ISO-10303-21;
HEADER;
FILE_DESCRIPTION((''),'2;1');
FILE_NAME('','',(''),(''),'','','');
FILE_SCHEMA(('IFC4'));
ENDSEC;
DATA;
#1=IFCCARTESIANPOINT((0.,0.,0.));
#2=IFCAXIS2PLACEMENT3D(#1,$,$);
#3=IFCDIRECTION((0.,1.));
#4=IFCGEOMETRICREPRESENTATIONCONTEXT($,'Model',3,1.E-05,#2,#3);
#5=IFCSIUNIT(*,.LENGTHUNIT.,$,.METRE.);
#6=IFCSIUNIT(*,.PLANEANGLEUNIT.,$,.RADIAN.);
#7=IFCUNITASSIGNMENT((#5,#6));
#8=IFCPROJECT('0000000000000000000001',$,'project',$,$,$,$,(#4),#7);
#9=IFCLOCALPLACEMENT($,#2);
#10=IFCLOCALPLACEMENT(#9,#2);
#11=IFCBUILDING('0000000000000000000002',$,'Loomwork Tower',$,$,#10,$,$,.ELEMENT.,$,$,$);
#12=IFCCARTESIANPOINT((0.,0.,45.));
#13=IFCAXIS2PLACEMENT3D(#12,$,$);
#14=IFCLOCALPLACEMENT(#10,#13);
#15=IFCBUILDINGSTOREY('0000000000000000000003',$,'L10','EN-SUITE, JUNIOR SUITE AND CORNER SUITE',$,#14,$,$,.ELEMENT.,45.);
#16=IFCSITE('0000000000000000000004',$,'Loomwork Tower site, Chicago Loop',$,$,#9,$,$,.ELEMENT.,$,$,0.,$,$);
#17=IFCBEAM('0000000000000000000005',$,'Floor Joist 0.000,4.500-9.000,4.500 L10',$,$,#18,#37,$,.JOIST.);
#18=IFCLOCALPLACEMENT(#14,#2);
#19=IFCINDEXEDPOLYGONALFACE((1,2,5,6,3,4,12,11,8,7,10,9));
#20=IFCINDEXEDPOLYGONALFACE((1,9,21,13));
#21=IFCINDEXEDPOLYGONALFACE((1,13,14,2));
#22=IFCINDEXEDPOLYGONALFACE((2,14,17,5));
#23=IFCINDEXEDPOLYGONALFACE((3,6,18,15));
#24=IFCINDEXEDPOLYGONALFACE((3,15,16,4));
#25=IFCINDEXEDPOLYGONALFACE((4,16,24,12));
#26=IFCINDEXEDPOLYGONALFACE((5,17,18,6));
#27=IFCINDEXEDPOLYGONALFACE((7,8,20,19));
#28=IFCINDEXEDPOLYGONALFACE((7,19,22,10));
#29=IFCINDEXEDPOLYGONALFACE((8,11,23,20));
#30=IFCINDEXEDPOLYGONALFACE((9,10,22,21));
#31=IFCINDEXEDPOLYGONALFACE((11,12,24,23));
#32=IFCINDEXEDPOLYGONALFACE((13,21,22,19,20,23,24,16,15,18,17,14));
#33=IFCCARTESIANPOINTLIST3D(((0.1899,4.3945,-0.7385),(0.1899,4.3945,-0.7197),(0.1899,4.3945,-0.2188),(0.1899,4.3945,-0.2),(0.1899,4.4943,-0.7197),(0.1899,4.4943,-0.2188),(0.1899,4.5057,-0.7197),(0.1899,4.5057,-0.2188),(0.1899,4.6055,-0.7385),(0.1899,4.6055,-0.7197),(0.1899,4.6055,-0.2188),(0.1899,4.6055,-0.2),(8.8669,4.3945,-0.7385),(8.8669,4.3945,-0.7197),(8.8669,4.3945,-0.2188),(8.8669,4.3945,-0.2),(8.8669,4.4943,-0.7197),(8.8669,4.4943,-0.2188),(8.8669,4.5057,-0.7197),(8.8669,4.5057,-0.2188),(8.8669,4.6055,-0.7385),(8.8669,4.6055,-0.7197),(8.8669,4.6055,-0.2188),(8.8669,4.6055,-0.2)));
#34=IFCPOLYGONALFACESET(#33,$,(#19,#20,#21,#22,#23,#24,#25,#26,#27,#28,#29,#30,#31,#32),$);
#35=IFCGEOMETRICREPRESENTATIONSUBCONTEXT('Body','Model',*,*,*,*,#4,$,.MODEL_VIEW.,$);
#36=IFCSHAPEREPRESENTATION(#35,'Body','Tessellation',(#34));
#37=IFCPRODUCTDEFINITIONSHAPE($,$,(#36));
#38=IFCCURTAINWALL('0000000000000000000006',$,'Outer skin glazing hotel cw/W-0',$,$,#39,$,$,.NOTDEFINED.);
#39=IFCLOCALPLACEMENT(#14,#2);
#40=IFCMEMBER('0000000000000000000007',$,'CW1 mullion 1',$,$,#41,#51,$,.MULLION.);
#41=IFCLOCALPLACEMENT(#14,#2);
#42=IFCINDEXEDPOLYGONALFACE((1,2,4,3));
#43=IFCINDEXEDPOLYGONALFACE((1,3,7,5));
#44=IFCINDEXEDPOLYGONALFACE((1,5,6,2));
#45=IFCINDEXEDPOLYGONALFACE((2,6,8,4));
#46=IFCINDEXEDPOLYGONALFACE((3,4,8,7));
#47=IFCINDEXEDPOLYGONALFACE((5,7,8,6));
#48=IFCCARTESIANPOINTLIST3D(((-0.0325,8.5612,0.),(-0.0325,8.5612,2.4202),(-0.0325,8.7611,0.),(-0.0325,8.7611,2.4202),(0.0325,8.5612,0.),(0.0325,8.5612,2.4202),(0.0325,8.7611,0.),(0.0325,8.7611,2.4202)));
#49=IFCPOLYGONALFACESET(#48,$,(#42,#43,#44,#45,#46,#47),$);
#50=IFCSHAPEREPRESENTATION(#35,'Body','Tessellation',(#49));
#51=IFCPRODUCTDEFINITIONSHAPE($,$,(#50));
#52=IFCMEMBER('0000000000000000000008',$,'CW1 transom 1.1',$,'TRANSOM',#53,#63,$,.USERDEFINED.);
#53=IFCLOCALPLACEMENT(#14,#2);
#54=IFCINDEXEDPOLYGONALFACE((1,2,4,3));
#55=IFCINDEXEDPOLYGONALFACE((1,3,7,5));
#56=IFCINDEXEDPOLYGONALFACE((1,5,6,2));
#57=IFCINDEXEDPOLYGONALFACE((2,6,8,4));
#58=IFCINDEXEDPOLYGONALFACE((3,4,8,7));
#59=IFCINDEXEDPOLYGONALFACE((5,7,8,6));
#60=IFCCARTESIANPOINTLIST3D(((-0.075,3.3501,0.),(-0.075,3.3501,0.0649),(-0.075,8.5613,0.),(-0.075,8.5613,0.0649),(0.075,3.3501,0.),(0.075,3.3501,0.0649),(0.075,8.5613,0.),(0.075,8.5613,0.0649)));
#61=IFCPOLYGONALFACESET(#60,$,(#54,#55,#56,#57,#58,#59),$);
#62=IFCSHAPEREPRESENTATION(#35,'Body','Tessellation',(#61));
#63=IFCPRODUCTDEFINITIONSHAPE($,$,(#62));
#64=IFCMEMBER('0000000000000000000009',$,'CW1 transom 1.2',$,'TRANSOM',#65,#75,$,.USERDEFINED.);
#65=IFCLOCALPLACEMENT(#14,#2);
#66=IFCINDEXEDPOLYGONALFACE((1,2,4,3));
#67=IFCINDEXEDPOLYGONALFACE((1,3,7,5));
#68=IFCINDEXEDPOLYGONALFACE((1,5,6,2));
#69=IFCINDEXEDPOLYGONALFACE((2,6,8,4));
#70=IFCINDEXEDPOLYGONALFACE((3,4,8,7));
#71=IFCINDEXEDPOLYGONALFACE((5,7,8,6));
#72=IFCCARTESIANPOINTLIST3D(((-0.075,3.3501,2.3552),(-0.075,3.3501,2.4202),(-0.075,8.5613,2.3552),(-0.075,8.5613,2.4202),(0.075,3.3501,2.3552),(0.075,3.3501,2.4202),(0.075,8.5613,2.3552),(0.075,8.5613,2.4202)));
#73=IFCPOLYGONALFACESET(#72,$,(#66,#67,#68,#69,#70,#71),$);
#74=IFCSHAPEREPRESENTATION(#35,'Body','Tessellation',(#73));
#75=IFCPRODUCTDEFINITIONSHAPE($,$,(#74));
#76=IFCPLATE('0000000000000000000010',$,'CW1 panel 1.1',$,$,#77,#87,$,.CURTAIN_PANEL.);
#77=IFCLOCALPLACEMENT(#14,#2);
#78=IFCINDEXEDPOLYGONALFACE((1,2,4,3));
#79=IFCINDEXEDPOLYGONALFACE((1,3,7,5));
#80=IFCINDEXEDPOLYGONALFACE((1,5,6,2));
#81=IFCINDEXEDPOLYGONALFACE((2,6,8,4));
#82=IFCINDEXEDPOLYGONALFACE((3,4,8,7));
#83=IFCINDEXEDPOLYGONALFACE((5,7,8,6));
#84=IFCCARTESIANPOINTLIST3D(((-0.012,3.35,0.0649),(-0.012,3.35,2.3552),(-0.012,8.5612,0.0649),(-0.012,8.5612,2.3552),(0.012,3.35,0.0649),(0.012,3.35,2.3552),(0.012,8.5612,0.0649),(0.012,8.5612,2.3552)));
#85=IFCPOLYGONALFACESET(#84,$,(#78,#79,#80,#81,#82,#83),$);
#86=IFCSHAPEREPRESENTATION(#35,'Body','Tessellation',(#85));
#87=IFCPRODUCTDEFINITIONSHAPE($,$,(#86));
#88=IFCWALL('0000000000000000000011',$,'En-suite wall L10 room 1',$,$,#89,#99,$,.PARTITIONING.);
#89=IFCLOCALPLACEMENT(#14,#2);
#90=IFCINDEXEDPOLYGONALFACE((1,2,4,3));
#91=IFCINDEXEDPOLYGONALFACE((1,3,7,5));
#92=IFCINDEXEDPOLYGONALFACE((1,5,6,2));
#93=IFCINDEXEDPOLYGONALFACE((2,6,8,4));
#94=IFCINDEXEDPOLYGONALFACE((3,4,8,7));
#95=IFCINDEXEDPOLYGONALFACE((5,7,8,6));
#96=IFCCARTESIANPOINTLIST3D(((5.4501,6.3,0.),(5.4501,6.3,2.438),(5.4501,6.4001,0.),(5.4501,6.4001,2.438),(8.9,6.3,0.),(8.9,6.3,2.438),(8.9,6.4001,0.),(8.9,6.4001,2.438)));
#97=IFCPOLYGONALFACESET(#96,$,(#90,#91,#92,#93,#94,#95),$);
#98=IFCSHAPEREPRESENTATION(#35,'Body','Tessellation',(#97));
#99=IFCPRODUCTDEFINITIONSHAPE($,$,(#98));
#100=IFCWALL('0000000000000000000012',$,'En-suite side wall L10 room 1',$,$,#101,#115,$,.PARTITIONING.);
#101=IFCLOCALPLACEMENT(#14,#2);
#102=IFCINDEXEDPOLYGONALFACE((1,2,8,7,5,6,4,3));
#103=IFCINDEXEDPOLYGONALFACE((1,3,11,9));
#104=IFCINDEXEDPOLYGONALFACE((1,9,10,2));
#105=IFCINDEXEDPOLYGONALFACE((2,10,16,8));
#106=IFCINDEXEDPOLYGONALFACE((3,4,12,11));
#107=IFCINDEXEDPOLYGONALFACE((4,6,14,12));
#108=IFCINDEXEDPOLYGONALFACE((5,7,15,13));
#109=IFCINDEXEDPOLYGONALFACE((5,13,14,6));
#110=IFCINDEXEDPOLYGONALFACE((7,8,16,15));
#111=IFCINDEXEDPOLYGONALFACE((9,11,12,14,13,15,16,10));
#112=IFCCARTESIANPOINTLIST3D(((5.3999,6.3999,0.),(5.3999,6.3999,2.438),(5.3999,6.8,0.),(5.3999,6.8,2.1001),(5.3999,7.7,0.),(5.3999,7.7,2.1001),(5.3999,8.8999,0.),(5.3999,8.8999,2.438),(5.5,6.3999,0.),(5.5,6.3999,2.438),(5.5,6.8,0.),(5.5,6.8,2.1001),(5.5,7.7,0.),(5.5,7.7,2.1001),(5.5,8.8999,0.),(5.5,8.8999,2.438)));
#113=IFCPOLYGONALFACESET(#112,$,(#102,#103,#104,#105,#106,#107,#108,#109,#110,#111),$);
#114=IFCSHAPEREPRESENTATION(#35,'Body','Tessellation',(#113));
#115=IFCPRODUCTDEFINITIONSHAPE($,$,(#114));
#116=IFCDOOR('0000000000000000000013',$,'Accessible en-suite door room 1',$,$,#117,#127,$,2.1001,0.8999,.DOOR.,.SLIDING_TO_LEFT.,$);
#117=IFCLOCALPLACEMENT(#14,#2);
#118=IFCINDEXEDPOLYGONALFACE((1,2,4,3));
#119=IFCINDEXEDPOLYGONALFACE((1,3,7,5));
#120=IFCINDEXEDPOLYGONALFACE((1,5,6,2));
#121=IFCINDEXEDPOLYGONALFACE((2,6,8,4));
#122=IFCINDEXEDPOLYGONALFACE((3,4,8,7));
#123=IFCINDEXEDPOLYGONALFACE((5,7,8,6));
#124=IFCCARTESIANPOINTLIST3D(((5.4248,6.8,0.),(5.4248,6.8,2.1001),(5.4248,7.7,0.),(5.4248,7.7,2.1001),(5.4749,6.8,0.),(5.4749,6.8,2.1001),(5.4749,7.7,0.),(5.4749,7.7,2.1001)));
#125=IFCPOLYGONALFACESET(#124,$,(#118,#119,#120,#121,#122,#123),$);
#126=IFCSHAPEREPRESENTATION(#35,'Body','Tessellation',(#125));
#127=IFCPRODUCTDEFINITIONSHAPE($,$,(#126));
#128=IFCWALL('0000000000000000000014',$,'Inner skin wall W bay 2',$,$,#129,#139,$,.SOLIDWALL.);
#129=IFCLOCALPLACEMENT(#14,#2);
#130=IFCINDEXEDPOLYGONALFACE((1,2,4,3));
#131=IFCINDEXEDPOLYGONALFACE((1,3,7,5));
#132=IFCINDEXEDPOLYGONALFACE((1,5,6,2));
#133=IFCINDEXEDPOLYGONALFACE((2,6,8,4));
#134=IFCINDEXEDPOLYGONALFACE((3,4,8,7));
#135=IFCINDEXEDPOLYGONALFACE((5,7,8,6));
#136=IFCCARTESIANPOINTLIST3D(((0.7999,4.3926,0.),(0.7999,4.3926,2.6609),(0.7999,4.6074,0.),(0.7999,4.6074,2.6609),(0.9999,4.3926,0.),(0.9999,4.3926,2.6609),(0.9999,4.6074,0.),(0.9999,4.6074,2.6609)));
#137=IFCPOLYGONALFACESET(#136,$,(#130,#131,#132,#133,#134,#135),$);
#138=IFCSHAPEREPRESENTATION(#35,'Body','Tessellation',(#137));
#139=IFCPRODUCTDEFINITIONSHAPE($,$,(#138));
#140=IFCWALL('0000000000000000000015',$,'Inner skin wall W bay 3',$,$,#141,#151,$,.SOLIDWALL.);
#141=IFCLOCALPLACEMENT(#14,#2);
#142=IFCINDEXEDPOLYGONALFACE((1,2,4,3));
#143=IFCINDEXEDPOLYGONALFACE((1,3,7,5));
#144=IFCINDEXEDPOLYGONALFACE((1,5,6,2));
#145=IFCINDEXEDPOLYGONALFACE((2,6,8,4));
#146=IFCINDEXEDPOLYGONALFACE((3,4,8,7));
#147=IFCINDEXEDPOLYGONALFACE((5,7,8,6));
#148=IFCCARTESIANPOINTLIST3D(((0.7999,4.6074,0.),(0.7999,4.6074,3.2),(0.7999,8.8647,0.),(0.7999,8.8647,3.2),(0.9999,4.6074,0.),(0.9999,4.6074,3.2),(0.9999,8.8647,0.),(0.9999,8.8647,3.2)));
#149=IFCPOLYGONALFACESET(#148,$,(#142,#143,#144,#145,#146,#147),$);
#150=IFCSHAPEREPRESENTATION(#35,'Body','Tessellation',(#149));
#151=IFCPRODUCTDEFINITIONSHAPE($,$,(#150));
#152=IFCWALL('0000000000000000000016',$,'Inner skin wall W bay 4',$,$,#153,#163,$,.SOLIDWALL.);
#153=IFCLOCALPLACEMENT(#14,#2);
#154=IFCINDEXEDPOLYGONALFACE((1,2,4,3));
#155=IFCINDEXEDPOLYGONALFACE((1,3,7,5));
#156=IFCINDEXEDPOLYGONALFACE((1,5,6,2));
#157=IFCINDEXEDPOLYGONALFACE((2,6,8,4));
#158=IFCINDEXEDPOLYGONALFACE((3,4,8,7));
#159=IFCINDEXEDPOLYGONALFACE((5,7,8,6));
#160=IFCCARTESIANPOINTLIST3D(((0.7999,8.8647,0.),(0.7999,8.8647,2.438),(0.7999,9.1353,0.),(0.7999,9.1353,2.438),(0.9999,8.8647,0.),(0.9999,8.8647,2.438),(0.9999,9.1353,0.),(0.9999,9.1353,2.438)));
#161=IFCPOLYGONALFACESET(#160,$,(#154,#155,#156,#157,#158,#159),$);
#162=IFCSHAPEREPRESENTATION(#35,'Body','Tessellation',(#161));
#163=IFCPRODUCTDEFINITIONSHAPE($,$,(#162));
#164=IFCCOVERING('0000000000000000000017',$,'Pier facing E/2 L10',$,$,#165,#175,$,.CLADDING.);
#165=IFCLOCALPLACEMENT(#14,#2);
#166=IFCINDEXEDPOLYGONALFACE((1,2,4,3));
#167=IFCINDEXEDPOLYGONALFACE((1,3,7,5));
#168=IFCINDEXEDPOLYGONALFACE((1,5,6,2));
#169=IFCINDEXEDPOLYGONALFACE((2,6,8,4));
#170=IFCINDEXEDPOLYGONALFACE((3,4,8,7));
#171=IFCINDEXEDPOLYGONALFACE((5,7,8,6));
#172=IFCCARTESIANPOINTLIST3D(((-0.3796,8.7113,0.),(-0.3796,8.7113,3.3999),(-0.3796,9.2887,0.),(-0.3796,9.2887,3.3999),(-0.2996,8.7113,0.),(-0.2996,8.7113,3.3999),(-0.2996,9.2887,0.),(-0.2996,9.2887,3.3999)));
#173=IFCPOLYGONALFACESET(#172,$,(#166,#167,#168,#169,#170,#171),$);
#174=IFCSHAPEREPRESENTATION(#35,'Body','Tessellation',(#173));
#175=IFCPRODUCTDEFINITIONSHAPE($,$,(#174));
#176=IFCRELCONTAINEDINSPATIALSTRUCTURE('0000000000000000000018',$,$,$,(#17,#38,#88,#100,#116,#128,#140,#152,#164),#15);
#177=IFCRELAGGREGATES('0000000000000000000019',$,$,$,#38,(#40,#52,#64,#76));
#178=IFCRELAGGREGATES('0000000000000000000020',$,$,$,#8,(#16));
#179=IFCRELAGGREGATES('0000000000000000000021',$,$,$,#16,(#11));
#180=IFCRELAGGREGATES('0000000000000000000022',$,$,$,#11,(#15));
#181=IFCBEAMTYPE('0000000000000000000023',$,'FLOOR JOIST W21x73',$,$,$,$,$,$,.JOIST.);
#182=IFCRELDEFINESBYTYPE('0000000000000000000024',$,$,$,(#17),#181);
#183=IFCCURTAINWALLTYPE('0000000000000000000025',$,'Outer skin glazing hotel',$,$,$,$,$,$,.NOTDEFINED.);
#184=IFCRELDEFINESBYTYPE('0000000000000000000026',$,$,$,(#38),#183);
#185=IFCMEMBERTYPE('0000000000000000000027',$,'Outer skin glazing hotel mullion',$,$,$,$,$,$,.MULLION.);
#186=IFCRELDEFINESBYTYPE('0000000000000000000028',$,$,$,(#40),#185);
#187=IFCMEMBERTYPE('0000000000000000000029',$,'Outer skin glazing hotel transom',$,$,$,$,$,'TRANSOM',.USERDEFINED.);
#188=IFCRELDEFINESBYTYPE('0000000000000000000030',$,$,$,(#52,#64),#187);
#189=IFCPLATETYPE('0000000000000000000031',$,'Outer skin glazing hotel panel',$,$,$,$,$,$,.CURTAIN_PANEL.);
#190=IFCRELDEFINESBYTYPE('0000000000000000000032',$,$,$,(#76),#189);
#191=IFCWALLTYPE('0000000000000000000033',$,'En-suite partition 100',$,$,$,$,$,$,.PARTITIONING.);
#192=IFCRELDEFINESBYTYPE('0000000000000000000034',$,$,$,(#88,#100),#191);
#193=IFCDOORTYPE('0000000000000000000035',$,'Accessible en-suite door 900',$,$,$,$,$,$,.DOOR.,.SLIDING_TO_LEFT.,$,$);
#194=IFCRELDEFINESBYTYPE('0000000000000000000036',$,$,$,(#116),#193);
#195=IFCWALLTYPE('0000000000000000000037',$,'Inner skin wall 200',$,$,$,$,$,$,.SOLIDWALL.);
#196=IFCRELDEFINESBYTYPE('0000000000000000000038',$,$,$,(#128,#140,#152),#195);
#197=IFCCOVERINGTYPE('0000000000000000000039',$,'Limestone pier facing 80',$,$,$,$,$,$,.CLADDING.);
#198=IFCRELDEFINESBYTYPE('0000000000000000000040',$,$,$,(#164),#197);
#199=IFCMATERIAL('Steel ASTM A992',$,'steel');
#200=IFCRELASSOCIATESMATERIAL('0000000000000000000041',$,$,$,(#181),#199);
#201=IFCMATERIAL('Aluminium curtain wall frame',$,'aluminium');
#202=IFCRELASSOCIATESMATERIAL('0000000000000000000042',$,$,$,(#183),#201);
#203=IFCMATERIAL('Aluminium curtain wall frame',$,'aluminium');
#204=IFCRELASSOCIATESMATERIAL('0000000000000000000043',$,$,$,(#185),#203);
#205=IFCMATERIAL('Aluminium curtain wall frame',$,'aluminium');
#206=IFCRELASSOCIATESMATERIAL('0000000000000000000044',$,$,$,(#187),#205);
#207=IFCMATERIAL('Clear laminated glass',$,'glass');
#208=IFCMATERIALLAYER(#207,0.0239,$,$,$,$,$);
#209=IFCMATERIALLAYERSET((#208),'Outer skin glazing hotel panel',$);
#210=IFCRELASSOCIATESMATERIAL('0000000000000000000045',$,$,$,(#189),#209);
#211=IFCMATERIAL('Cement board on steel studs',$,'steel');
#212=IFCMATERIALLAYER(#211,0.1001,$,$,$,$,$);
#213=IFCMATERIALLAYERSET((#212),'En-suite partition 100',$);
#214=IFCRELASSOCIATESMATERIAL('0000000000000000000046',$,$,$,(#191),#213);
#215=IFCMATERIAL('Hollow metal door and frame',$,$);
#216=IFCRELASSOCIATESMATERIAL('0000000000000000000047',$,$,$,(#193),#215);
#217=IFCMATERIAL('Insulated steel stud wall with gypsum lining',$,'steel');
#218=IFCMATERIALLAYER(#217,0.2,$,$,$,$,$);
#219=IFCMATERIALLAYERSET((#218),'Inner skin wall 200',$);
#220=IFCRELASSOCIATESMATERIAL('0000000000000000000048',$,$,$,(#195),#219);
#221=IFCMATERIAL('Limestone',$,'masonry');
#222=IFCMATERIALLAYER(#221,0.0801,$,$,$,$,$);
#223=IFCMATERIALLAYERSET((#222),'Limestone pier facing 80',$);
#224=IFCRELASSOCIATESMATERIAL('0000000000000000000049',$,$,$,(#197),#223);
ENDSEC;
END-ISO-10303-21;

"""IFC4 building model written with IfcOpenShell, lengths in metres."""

from ifc_helpers import new_model, si_unit, direction, frame, frame_2d, origin, origin_2d, place, context, subcontext, project, spatial, rectangle, i_section, extrude, material, layer, layer_set, material_profile, profile_set, type_object, element, fill, aggregate, save


model = new_model("IFC4")

# Units and contexts
model_context = context("Model", 3, precision=1e-05, world=origin(), true_north=direction((0.0, 1.0)))
body_context = subcontext(model_context, "Body", "Model", "MODEL_VIEW")
ifc_project = project(units=[si_unit("LENGTHUNIT", "METRE"), si_unit("PLANEANGLEUNIT", "RADIAN")], contexts=[model_context])

# Site, building, storey
site_placement = place(None, origin())
site = spatial("IfcSite", under=ifc_project, at=site_placement, Name="Loomwork Tower site, Chicago Loop", CompositionType="ELEMENT", RefElevation=0.0)
building_placement = place(site_placement, origin())
building = spatial("IfcBuilding", under=site, at=building_placement, Name="Loomwork Tower", CompositionType="ELEMENT")
storey_placement = place(building_placement, frame((0.0, 0.0, 45.0)))
storey = spatial("IfcBuildingStorey", under=building, at=storey_placement, Name="L10", Description="EN-SUITE, JUNIOR SUITE AND CORNER SUITE", CompositionType="ELEMENT", Elevation=45.0)

# Beam
ifc_material_1 = material(Name="Steel ASTM A992", Category="steel")
ifc_material_profile_1 = material_profile(ifc_material_1, i_section(OverallWidth=0.2109, OverallDepth=0.5386, WebThickness=0.0115, FlangeThickness=0.0188, at=origin_2d()), Name="W21x73")
ifc_profile_set_1 = profile_set([ifc_material_profile_1], Name="Steel ASTM A992")
beam_type = type_object("IfcBeamType", Name="FLOOR JOIST W21x73", PredefinedType="JOIST", material=ifc_profile_set_1)
beam_placement = place(storey_placement, frame((0.1899, 4.5, -0.4692), z_axis=(1.0, 0.0, 0.0), x_axis=(0.0, 1.0, 0.0)))
element("IfcBeam", 1, at=beam_placement, inside=storey, type_object=beam_type, Name="Floor Joist 0.000,4.500-9.000,4.500 L10", PredefinedType="JOIST", context=body_context, shape_type="SweptSolid", body=[
    extrude(i_section(OverallWidth=0.2109, OverallDepth=0.5386, WebThickness=0.0115, FlangeThickness=0.0188, at=origin_2d()), origin(), (0.0, 0.0, 1.0), 8.677),
])

# Curtain wall, members, plate
ifc_material_2 = material(Name="Aluminium curtain wall frame", Category="aluminium")
curtain_wall_type = type_object("IfcCurtainWallType", Name="Outer skin glazing hotel", PredefinedType="NOTDEFINED", material=ifc_material_2)
curtain_wall_placement = place(storey_placement, origin())
curtain_wall = element("IfcCurtainWall", 2, at=curtain_wall_placement, inside=storey, type_object=curtain_wall_type, Name="Outer skin glazing hotel cw/W-0", PredefinedType="NOTDEFINED")
ifc_material_3 = material(Name="Aluminium curtain wall frame", Category="aluminium")
ifc_material_profile_2 = material_profile(ifc_material_3, rectangle(XDim=0.0649, YDim=0.2, at=origin_2d()), Name="AL 65x200")
ifc_profile_set_2 = profile_set([ifc_material_profile_2], Name="Aluminium curtain wall frame")
member_type_1 = type_object("IfcMemberType", Name="Outer skin glazing hotel mullion", PredefinedType="MULLION", material=ifc_profile_set_2)
member_1_placement = place(storey_placement, frame((0.0, 8.6611, 0.0), z_axis=(0.0, 0.0, 1.0), x_axis=(1.0, 0.0, 0.0)))
member_1 = element("IfcMember", 3, at=member_1_placement, type_object=member_type_1, Name="CW1 mullion 1", PredefinedType="MULLION", context=body_context, shape_type="SweptSolid", body=[
    extrude(rectangle(XDim=0.0649, YDim=0.2, at=origin_2d()), origin(), (0.0, 0.0, 1.0), 2.4202),
])
ifc_material_4 = material(Name="Aluminium curtain wall frame", Category="aluminium")
ifc_material_profile_3 = material_profile(ifc_material_4, rectangle(XDim=0.1499, YDim=0.0649, at=origin_2d()), Name="AL 65x150")
ifc_profile_set_3 = profile_set([ifc_material_profile_3], Name="Aluminium curtain wall frame")
member_type_2 = type_object("IfcMemberType", Name="Outer skin glazing hotel transom", ElementType="TRANSOM", PredefinedType="USERDEFINED", material=ifc_profile_set_3)
member_2_placement = place(storey_placement, frame((0.0, 8.5613, 0.0325), z_axis=(0.0, -1.0, 0.0), x_axis=(1.0, 0.0, 0.0)))
member_2 = element("IfcMember", 4, at=member_2_placement, type_object=member_type_2, Name="CW1 transom 1.1", ObjectType="TRANSOM", PredefinedType="USERDEFINED", context=body_context, shape_type="SweptSolid", body=[
    extrude(rectangle(XDim=0.1499, YDim=0.0649, at=origin_2d()), origin(), (0.0, 0.0, 1.0), 5.2112),
])
member_3_placement = place(storey_placement, frame((0.0, 8.5613, 2.3877), z_axis=(0.0, -1.0, 0.0), x_axis=(1.0, 0.0, 0.0)))
member_3 = element("IfcMember", 5, at=member_3_placement, type_object=member_type_2, Name="CW1 transom 1.2", ObjectType="TRANSOM", PredefinedType="USERDEFINED", context=body_context, shape_type="SweptSolid", body=[
    extrude(rectangle(XDim=0.1499, YDim=0.0649, at=origin_2d()), origin(), (0.0, 0.0, 1.0), 5.2112),
])
ifc_material_5 = material(Name="Clear laminated glass", Category="glass")
ifc_layer_1 = layer(ifc_material_5, 0.0239)
ifc_layer_set_1 = layer_set([ifc_layer_1], Name="Outer skin glazing hotel panel")
plate_type = type_object("IfcPlateType", Name="Outer skin glazing hotel panel", PredefinedType="CURTAIN_PANEL", material=ifc_layer_set_1)
plate_placement = place(storey_placement, frame((0.0, 5.9556, 0.0649), z_axis=(0.0, 0.0, 1.0), x_axis=(0.0, -1.0, 0.0)))
plate = element("IfcPlate", 6, at=plate_placement, type_object=plate_type, Name="CW1 panel 1.1", PredefinedType="CURTAIN_PANEL", context=body_context, shape_type="SweptSolid", body=[
    extrude(rectangle(XDim=5.2112, YDim=0.0239, at=origin_2d()), origin(), (0.0, 0.0, 1.0), 2.2903),
])
aggregate(curtain_wall, [member_1, member_2, member_3, plate])

# Wall
ifc_material_6 = material(Name="Cement board on steel studs", Category="steel")
ifc_layer_2 = layer(ifc_material_6, 0.1001)
ifc_layer_set_2 = layer_set([ifc_layer_2], Name="En-suite partition 100")
wall_type_1 = type_object("IfcWallType", Name="En-suite partition 100", PredefinedType="PARTITIONING", material=ifc_layer_set_2)
wall_1_placement = place(storey_placement, frame((5.45, 6.3501, 0.0), z_axis=(0.0, 0.0, 1.0), x_axis=(1.0, 0.0, 0.0)))
element("IfcWall", 7, at=wall_1_placement, inside=storey, type_object=wall_type_1, Name="En-suite wall L10 room 1", PredefinedType="PARTITIONING", context=body_context, shape_type="SweptSolid", body=[
    extrude(rectangle(XDim=3.45, YDim=0.1001, at=frame_2d((1.7251, 0.0))), origin(), (0.0, 0.0, 1.0), 2.438),
])

# Wall, opening, door
wall_2_placement = place(storey_placement, frame((5.45, 8.8999, 0.0), z_axis=(0.0, 0.0, 1.0), x_axis=(0.0, -1.0, 0.0)))
wall_2 = element("IfcWall", 8, at=wall_2_placement, inside=storey, type_object=wall_type_1, Name="En-suite side wall L10 room 1", PredefinedType="PARTITIONING", context=body_context, shape_type="SweptSolid", body=[
    extrude(rectangle(XDim=2.5, YDim=0.1001, at=frame_2d((1.25, 0.0))), origin(), (0.0, 0.0, 1.0), 2.438),
])
opening_placement = place(wall_2_placement, frame((1.2, 0.0, 0.0)))
opening = element("IfcOpeningElement", 9, at=opening_placement, cuts=wall_2, PredefinedType="OPENING", context=body_context, shape_type="SweptSolid", body=[
    extrude(rectangle(XDim=0.8999, YDim=2.1001, at=frame_2d((0.45, 1.05))), frame((0.0, 0.0601, 0.0), z_axis=(0.0, -1.0, 0.0), x_axis=(1.0, 0.0, 0.0)), (0.0, 0.0, 1.0), 0.1201),
])
ifc_material_7 = material(Name="Hollow metal door and frame")
door_type = type_object("IfcDoorType", Name="Accessible en-suite door 900", OperationType="SLIDING_TO_LEFT", PredefinedType="DOOR", material=ifc_material_7)
door_placement = place(opening_placement, origin())
door = element("IfcDoor", 10, at=door_placement, inside=storey, type_object=door_type, Name="Accessible en-suite door room 1", OperationType="SLIDING_TO_LEFT", OverallHeight=2.1001, OverallWidth=0.8999, PredefinedType="DOOR", context=body_context, shape_type="SweptSolid", body=[
    extrude(rectangle(XDim=0.8999, YDim=2.1001, at=frame_2d((0.45, 1.05))), frame((0.0, 0.0249, 0.0), z_axis=(0.0, -1.0, 0.0), x_axis=(1.0, 0.0, 0.0)), (0.0, 0.0, 1.0), 0.05),
])
fill(opening, door)

# Walls
ifc_material_8 = material(Name="Insulated steel stud wall with gypsum lining", Category="steel")
ifc_layer_3 = layer(ifc_material_8, 0.2)
ifc_layer_set_3 = layer_set([ifc_layer_3], Name="Inner skin wall 200")
wall_type_2 = type_object("IfcWallType", Name="Inner skin wall 200", PredefinedType="SOLIDWALL", material=ifc_layer_set_3)
wall_3_placement = place(storey_placement, frame((0.8999, 4.3926, 0.0), z_axis=(0.0, 0.0, 1.0), x_axis=(0.0, 1.0, 0.0)))
element("IfcWall", 11, at=wall_3_placement, inside=storey, type_object=wall_type_2, Name="Inner skin wall W bay 2", PredefinedType="SOLIDWALL", context=body_context, shape_type="SweptSolid", body=[
    extrude(rectangle(XDim=0.2148, YDim=0.2, at=frame_2d((0.1074, 0.0))), origin(), (0.0, 0.0, 1.0), 2.6609),
])
wall_4_placement = place(storey_placement, frame((0.8999, 4.6074, 0.0), z_axis=(0.0, 0.0, 1.0), x_axis=(0.0, 1.0, 0.0)))
element("IfcWall", 12, at=wall_4_placement, inside=storey, type_object=wall_type_2, Name="Inner skin wall W bay 3", PredefinedType="SOLIDWALL", context=body_context, shape_type="SweptSolid", body=[
    extrude(rectangle(XDim=4.2573, YDim=0.2, at=frame_2d((2.1287, 0.0))), origin(), (0.0, 0.0, 1.0), 3.2),
])
wall_5_placement = place(storey_placement, frame((0.8999, 8.8647, 0.0), z_axis=(0.0, 0.0, 1.0), x_axis=(0.0, 1.0, 0.0)))
element("IfcWall", 13, at=wall_5_placement, inside=storey, type_object=wall_type_2, Name="Inner skin wall W bay 4", PredefinedType="SOLIDWALL", context=body_context, shape_type="SweptSolid", body=[
    extrude(rectangle(XDim=0.2705, YDim=0.2, at=frame_2d((0.1353, 0.0))), origin(), (0.0, 0.0, 1.0), 2.438),
])

# Covering
ifc_material_9 = material(Name="Limestone", Category="masonry")
ifc_layer_4 = layer(ifc_material_9, 0.0801)
ifc_layer_set_4 = layer_set([ifc_layer_4], Name="Limestone pier facing 80")
covering_type = type_object("IfcCoveringType", Name="Limestone pier facing 80", PredefinedType="CLADDING", material=ifc_layer_set_4)
covering_placement = place(storey_placement, frame((-0.3396, 9.0, 0.0), z_axis=(0.0, 0.0, 1.0), x_axis=(1.0, 0.0, 0.0)))
element("IfcCovering", 14, at=covering_placement, inside=storey, type_object=covering_type, Name="Pier facing E/2 L10", PredefinedType="CLADDING", context=body_context, shape_type="SweptSolid", body=[
    extrude(rectangle(XDim=0.0801, YDim=0.5774, at=origin_2d()), origin(), (0.0, 0.0, 1.0), 3.3999),
])

save(model, "model.ifc")
